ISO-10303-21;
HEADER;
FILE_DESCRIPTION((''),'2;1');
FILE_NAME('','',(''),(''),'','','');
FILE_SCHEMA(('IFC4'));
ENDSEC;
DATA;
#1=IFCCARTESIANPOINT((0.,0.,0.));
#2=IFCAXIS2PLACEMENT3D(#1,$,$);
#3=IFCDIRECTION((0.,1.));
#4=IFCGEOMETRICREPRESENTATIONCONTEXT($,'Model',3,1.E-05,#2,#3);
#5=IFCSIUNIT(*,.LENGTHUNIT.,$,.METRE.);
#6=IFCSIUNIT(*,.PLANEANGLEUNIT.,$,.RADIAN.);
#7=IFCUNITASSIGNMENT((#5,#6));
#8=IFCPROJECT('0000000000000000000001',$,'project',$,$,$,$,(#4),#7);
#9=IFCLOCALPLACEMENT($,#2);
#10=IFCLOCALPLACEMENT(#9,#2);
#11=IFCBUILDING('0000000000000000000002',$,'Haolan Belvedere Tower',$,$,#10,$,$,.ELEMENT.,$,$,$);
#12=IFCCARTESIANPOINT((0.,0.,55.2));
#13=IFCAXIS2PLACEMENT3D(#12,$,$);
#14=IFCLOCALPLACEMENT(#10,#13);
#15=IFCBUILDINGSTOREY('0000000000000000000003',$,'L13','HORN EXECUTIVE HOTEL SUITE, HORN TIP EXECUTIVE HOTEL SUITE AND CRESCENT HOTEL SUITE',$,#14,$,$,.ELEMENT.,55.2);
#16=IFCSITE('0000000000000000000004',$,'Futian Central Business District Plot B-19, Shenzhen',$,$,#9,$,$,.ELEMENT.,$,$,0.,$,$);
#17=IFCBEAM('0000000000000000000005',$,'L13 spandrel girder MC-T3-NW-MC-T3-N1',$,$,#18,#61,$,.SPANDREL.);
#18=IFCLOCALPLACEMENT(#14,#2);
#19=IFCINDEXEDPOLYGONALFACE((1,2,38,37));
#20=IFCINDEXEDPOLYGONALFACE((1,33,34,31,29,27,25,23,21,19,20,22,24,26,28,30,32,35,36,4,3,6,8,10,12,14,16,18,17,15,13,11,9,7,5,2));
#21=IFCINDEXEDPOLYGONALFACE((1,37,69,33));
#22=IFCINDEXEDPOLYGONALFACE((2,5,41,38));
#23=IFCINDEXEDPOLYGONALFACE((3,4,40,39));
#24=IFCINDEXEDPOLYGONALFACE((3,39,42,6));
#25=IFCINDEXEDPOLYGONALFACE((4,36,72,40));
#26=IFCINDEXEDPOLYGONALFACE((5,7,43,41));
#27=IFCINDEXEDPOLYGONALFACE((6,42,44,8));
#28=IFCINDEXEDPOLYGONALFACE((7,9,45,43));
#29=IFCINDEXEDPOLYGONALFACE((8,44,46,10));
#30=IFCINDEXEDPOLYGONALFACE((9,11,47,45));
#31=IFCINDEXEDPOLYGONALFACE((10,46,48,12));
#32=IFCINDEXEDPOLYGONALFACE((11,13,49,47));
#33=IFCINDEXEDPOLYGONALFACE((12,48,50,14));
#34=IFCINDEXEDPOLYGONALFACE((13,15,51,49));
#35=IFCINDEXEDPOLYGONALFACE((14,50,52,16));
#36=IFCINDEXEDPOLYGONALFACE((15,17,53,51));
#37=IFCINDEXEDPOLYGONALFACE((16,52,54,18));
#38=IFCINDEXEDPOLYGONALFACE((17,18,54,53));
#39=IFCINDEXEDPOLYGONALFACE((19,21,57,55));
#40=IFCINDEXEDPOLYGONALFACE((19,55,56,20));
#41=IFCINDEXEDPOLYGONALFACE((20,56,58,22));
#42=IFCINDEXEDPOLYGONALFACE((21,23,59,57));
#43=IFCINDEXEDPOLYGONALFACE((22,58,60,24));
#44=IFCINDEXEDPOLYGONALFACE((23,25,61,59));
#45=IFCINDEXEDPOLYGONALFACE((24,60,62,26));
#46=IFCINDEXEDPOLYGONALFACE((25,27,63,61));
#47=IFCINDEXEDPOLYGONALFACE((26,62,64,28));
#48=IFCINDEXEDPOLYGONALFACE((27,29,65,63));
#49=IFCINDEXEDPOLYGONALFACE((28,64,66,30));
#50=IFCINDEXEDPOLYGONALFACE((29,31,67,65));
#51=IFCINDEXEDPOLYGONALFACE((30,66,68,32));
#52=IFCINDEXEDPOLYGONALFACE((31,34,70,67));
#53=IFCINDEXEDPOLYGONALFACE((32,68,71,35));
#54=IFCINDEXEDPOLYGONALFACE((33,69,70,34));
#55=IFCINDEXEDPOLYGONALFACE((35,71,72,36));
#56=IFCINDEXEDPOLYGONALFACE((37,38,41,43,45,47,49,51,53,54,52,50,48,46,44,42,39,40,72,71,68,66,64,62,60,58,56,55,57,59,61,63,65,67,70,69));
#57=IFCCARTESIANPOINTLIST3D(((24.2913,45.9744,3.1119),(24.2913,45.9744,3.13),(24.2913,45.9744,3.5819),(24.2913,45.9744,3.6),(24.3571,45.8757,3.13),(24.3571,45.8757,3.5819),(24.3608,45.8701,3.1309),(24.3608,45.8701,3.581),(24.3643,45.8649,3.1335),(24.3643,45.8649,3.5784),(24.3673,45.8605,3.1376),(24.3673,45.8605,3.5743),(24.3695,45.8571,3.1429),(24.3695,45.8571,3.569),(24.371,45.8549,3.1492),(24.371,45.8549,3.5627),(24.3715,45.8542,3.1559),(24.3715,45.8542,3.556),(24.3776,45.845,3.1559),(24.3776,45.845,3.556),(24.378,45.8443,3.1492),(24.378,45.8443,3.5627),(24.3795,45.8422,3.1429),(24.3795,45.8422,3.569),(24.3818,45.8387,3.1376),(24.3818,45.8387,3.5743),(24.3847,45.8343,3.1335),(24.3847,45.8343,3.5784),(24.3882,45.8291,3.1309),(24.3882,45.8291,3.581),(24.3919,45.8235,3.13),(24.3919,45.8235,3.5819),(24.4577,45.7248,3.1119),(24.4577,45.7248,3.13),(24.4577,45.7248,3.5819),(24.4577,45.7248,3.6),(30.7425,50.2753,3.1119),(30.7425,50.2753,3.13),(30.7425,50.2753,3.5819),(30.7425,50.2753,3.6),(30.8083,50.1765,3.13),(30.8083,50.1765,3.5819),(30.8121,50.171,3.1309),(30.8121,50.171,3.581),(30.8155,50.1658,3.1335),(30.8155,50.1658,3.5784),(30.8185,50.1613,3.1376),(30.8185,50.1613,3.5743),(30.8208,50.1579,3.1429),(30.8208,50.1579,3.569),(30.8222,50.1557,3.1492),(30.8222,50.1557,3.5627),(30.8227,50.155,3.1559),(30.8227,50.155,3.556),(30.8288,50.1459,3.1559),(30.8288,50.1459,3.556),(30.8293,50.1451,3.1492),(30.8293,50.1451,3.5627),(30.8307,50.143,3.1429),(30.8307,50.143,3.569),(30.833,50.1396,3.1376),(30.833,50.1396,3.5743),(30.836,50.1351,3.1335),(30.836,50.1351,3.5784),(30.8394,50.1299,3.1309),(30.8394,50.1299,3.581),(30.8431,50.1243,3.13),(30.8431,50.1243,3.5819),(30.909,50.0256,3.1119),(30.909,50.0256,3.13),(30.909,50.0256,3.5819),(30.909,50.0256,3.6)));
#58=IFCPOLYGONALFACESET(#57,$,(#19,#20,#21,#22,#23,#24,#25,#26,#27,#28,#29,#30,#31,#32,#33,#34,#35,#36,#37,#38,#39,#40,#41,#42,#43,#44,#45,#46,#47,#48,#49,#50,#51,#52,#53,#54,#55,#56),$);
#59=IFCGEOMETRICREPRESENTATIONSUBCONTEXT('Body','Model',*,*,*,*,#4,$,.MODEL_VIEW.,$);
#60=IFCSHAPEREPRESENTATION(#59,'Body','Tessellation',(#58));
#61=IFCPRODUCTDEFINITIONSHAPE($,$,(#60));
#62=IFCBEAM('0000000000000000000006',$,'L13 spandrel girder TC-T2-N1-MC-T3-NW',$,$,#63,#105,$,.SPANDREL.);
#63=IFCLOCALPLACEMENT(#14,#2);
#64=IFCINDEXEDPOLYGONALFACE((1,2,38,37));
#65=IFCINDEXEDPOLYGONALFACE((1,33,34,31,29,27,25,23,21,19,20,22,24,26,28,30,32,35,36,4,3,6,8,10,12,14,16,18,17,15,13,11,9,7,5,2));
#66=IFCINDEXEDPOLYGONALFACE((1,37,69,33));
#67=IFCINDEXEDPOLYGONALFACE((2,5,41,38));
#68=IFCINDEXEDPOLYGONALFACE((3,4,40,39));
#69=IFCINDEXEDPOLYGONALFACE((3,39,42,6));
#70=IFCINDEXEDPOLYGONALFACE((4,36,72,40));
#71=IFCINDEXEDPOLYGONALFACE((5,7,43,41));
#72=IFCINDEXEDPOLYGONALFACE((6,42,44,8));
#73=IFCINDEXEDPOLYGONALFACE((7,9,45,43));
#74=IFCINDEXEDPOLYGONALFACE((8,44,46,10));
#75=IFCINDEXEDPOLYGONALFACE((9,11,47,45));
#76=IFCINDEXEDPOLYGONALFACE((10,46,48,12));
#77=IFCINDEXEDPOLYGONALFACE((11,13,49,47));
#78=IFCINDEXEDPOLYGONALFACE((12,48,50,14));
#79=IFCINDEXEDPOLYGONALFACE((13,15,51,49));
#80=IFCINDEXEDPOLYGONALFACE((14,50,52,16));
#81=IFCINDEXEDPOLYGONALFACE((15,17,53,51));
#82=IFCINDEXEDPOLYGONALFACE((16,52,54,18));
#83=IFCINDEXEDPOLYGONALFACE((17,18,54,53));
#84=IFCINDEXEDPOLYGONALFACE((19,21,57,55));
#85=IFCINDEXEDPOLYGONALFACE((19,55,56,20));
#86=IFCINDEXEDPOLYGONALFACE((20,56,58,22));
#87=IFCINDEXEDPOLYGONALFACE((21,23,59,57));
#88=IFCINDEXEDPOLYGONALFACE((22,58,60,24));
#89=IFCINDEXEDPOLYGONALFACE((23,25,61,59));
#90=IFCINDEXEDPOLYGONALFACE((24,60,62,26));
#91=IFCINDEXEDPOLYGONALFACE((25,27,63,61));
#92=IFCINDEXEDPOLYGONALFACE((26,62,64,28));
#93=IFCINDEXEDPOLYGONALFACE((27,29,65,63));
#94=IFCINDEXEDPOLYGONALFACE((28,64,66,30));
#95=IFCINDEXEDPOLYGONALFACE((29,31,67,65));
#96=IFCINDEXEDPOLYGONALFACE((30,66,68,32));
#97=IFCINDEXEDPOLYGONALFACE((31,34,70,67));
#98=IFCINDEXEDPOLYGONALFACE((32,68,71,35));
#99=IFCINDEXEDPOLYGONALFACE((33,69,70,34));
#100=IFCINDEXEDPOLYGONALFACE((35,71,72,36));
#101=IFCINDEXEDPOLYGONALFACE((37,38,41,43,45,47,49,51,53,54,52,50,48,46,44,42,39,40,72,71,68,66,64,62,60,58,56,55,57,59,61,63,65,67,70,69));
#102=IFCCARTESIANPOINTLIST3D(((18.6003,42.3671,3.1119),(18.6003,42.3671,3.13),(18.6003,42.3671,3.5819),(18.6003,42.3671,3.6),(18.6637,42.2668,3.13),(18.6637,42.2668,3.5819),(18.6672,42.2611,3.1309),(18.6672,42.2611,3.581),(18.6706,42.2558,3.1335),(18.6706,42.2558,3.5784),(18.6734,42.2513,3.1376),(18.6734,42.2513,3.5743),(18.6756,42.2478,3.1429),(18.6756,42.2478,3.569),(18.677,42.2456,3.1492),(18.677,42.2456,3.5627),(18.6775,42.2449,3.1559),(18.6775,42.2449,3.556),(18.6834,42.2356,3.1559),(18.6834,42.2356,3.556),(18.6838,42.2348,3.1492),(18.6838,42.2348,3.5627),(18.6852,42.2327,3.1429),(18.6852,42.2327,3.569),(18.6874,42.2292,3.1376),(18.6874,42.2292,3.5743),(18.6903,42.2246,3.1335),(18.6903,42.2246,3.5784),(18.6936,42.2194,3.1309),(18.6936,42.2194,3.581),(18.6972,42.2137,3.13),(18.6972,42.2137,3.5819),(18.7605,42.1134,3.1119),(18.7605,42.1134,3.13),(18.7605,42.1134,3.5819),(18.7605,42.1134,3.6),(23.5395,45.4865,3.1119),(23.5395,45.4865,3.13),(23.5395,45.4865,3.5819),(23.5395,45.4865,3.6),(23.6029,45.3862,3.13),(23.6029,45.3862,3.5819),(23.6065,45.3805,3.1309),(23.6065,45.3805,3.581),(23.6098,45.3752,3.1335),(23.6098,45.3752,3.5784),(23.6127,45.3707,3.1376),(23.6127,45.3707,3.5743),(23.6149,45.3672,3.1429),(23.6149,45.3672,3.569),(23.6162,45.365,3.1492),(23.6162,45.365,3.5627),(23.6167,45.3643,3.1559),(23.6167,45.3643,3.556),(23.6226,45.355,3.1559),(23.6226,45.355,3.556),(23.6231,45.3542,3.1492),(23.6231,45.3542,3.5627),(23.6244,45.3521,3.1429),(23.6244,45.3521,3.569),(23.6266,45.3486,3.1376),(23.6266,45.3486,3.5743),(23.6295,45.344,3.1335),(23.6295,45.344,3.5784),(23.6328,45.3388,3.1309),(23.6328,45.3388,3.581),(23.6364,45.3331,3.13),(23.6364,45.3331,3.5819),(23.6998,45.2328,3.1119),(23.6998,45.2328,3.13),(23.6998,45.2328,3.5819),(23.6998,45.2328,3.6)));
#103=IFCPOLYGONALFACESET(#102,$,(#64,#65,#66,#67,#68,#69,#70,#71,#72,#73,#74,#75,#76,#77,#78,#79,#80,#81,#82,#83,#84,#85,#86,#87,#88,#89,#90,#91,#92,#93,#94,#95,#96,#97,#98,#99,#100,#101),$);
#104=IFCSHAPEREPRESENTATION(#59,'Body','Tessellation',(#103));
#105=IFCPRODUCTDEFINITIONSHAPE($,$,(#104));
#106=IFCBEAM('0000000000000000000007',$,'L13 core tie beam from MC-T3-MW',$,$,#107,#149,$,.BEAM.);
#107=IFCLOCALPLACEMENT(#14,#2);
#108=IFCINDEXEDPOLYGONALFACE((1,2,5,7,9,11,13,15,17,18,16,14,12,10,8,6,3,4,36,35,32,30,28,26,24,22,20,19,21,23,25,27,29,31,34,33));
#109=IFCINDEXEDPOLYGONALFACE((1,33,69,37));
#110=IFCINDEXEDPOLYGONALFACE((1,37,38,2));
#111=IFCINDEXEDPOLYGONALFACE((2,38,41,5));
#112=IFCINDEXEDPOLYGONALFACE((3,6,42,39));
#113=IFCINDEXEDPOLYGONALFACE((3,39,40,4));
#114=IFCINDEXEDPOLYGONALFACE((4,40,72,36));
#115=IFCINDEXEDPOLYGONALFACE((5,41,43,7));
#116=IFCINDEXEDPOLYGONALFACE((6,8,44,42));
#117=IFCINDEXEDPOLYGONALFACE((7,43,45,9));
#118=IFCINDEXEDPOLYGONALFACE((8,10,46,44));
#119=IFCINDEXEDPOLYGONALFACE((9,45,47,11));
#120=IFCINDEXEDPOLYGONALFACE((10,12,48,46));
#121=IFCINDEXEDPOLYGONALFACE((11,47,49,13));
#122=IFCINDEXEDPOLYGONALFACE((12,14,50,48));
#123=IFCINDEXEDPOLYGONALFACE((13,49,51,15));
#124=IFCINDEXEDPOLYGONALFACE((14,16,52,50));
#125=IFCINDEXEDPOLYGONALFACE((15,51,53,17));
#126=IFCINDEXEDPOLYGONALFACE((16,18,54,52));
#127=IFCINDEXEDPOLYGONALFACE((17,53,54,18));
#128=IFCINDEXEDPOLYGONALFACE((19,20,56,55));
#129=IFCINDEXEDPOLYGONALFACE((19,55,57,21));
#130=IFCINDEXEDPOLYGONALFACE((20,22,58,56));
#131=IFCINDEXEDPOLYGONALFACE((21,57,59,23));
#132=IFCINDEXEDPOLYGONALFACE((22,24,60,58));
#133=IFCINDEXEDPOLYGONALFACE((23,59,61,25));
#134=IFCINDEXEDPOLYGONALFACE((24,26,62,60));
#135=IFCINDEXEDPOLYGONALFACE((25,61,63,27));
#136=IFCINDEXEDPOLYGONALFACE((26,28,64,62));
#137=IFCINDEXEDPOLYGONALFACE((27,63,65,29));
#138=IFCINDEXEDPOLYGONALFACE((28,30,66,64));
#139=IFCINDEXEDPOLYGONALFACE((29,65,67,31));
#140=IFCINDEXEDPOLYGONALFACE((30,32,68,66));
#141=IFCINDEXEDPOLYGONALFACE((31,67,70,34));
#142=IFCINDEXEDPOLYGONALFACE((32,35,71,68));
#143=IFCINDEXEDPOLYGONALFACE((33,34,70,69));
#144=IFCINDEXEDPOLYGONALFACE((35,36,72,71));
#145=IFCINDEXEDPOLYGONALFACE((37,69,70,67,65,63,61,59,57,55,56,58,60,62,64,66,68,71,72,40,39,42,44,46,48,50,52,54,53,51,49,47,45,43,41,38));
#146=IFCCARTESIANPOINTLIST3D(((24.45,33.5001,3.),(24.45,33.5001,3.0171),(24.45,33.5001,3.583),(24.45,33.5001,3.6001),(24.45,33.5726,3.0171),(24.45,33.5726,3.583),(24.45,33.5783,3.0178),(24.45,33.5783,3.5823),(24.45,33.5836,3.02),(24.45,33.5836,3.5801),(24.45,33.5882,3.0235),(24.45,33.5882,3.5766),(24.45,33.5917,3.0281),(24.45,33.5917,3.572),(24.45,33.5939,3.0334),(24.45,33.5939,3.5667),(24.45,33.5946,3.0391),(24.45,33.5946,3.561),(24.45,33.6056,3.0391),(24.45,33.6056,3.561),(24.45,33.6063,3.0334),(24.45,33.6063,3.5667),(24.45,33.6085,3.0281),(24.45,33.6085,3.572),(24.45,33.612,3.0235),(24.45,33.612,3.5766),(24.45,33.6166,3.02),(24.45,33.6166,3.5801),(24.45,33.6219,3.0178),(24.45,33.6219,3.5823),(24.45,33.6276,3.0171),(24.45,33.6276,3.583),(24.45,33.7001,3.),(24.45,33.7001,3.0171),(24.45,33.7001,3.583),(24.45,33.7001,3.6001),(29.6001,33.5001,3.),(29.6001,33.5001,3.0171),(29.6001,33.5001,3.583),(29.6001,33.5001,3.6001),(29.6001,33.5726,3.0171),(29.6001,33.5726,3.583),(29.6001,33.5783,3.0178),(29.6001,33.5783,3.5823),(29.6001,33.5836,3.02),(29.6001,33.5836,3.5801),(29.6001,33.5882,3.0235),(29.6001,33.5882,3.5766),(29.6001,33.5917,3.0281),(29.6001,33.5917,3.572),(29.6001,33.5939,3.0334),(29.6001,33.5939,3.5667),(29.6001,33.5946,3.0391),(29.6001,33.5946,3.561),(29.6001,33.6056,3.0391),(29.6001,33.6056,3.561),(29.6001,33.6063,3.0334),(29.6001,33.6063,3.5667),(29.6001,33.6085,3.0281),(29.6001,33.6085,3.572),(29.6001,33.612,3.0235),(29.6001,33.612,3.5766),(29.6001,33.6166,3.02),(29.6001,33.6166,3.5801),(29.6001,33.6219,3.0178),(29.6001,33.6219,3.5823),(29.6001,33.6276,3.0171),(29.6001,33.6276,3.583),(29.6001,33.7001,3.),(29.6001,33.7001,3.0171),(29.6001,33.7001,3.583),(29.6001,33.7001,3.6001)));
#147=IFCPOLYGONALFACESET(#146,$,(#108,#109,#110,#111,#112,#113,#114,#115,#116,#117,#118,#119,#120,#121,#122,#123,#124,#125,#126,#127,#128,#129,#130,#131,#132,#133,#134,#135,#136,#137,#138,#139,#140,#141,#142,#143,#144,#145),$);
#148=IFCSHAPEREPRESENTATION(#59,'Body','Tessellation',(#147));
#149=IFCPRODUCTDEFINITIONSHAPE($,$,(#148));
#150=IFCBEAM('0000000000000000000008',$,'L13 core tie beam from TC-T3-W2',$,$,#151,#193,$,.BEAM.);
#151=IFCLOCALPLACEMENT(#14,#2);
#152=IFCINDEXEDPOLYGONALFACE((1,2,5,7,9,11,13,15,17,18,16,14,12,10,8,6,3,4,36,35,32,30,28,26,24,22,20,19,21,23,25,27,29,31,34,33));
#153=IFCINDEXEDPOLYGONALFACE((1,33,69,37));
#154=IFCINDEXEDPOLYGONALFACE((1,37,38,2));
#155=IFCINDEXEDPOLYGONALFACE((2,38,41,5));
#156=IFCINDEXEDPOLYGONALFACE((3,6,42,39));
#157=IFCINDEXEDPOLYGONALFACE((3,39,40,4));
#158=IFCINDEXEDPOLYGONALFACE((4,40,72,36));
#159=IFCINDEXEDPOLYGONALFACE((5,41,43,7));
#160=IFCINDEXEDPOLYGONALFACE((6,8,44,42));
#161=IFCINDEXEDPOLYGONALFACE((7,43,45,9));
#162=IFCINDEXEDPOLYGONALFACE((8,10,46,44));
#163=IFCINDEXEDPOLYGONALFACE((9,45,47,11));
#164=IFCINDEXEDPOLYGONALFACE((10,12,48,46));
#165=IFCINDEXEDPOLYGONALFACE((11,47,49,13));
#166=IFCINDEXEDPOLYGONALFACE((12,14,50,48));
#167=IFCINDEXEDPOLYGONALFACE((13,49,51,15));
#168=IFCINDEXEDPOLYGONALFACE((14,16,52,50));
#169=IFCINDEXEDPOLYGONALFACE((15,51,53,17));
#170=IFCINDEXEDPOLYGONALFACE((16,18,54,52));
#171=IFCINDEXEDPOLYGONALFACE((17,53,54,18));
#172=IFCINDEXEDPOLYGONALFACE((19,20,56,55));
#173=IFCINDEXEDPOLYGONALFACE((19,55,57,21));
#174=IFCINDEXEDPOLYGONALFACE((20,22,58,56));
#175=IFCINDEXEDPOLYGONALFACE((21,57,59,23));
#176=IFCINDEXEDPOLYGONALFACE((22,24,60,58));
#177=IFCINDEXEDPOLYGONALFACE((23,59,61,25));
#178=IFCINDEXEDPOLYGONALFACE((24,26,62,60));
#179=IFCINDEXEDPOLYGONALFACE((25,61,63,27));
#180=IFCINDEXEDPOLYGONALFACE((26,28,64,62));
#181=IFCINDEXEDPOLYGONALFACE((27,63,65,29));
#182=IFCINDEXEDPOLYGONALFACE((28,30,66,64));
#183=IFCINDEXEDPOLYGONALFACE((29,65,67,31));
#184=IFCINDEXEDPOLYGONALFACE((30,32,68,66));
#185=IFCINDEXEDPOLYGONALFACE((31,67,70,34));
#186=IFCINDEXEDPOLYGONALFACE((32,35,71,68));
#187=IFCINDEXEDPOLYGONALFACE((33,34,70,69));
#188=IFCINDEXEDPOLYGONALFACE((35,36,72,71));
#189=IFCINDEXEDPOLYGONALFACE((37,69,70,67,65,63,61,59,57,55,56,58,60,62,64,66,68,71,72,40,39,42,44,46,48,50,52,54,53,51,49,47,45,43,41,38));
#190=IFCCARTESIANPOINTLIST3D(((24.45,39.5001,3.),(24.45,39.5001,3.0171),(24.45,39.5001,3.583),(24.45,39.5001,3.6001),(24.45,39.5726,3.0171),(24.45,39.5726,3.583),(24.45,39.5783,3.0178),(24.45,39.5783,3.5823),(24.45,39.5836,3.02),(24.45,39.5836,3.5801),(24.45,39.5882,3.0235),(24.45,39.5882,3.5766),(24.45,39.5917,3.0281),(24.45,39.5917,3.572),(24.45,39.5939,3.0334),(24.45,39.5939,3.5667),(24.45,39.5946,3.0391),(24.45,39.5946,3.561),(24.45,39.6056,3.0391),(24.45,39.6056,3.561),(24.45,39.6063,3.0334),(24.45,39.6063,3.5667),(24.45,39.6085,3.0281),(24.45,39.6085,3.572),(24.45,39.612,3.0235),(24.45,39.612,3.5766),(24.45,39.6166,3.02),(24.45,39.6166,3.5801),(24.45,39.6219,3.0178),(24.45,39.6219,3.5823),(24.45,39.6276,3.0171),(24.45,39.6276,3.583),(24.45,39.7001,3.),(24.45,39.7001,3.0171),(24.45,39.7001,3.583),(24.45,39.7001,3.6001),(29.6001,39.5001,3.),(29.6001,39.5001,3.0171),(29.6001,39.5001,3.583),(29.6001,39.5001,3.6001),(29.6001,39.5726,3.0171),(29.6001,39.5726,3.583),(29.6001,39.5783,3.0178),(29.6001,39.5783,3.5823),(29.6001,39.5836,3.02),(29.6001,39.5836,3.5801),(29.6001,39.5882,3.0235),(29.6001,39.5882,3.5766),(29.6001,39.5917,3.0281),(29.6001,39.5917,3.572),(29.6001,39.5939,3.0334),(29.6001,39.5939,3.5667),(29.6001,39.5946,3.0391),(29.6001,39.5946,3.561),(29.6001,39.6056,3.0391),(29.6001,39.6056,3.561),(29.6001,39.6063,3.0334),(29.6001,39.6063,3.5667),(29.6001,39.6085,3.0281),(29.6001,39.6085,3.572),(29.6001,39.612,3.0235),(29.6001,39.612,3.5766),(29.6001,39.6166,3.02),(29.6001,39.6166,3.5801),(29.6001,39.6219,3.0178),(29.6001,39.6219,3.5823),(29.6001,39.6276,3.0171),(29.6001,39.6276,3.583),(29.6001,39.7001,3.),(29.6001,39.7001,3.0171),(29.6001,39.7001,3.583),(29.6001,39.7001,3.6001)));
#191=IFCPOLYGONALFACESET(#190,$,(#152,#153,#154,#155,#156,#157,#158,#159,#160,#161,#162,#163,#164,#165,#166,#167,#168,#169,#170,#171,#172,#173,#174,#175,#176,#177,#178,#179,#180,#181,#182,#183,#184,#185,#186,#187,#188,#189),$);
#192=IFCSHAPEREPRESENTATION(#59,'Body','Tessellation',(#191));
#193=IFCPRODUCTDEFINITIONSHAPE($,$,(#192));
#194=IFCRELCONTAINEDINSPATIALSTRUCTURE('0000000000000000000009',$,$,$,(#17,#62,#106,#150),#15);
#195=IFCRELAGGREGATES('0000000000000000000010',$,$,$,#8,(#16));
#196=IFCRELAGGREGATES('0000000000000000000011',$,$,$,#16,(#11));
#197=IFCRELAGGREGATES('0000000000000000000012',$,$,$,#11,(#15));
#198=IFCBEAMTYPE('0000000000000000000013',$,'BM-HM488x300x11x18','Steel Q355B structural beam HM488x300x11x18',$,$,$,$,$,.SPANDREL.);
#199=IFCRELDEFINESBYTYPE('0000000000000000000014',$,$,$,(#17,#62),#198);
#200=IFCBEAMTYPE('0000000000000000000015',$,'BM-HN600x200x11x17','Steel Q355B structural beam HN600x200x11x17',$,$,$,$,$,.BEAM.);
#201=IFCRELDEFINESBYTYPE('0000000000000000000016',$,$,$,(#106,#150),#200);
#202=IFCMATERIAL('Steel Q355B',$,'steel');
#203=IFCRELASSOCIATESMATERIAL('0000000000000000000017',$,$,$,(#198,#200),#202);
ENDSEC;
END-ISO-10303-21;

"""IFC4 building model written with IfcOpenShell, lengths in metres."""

from ifc_helpers import new_model, si_unit, direction, frame, origin, origin_2d, place, context, subcontext, project, spatial, i_section, extrude, material, material_profile, profile_set, type_object, element, save


model = new_model("IFC4")

# Units and contexts
model_context = context("Model", 3, precision=1e-05, world=origin(), true_north=direction((0.0, 1.0)))
body_context = subcontext(model_context, "Body", "Model", "MODEL_VIEW")
ifc_project = project(units=[si_unit("LENGTHUNIT", "METRE"), si_unit("PLANEANGLEUNIT", "RADIAN")], contexts=[model_context])

# Site, building, storey
site_placement = place(None, origin())
site = spatial("IfcSite", under=ifc_project, at=site_placement, Name="Futian Central Business District Plot B-19, Shenzhen", CompositionType="ELEMENT", RefElevation=0.0)
building_placement = place(site_placement, origin())
building = spatial("IfcBuilding", under=site, at=building_placement, Name="Haolan Belvedere Tower", CompositionType="ELEMENT")
storey_placement = place(building_placement, frame((0.0, 0.0, 55.2)))
storey = spatial("IfcBuildingStorey", under=building, at=storey_placement, Name="L13", Description="HORN EXECUTIVE HOTEL SUITE, HORN TIP EXECUTIVE HOTEL SUITE AND CRESCENT HOTEL SUITE", CompositionType="ELEMENT", Elevation=55.2)

# Shared definitions
ifc_material_1 = material(Name="Steel Q355B", Category="steel")

# Beams
ifc_material_profile_1 = material_profile(ifc_material_1, i_section(OverallWidth=0.3, OverallDepth=0.488, WebThickness=0.011, FlangeThickness=0.0181, FilletRadius=0.0259, at=origin_2d()), Name="Steel Q355B")
ifc_profile_set_1 = profile_set([ifc_material_profile_1], Name="Steel Q355B")
beam_type_1 = type_object("IfcBeamType", Name="BM-HM488x300x11x18", Description="Steel Q355B structural beam HM488x300x11x18", PredefinedType="SPANDREL", material=ifc_profile_set_1)
beam_1_placement = place(storey_placement, frame((24.3745, 45.8496, 3.356), z_axis=(0.83205, 0.5547, 0.0), x_axis=(-0.5547, 0.83205, 0.0)))
element("IfcBeam", 1, at=beam_1_placement, inside=storey, type_object=beam_type_1, Name="L13 spandrel girder MC-T3-NW-MC-T3-N1", PredefinedType="SPANDREL", context=body_context, shape_type="SweptSolid", body=[
    extrude(i_section(OverallWidth=0.3, OverallDepth=0.488, WebThickness=0.011, FlangeThickness=0.0181, FilletRadius=0.0259, at=origin_2d()), origin(), (0.0, 0.0, 1.0), 7.7534),
])
beam_2_placement = place(storey_placement, frame((18.6804, 42.2402, 3.356), z_axis=(0.845498, 0.533979, 0.0), x_axis=(-0.533979, 0.845498, 0.0)))
element("IfcBeam", 2, at=beam_2_placement, inside=storey, type_object=beam_type_1, Name="L13 spandrel girder TC-T2-N1-MC-T3-NW", PredefinedType="SPANDREL", context=body_context, shape_type="SweptSolid", body=[
    extrude(i_section(OverallWidth=0.3, OverallDepth=0.488, WebThickness=0.011, FlangeThickness=0.0181, FilletRadius=0.0259, at=origin_2d()), origin(), (0.0, 0.0, 1.0), 5.8418),
])
ifc_material_profile_2 = material_profile(ifc_material_1, i_section(OverallWidth=0.2, OverallDepth=0.6001, WebThickness=0.011, FlangeThickness=0.0171, FilletRadius=0.022, at=origin_2d()), Name="Steel Q355B")
ifc_profile_set_2 = profile_set([ifc_material_profile_2], Name="Steel Q355B")
beam_type_2 = type_object("IfcBeamType", Name="BM-HN600x200x11x17", Description="Steel Q355B structural beam HN600x200x11x17", PredefinedType="BEAM", material=ifc_profile_set_2)
for number, where, z_axis, x_axis, name in (
    (3, (24.45, 33.6001, 3.3), (1.0, 0.0, 0.0), (0.0, 1.0, 0.0), "L13 core tie beam from MC-T3-MW"),
    (4, (24.45, 39.6001, 3.3), (1.0, 0.0, 0.0), (0.0, 1.0, 0.0), "L13 core tie beam from TC-T3-W2"),
):
    element("IfcBeam", number, at=place(storey_placement, frame(where, z_axis=z_axis, x_axis=x_axis)), inside=storey, type_object=beam_type_2, Name=name, PredefinedType="BEAM", context=body_context, shape_type="SweptSolid", body=[
        extrude(i_section(OverallWidth=0.2, OverallDepth=0.6001, WebThickness=0.011, FlangeThickness=0.0171, FilletRadius=0.022, at=origin_2d()), origin(), (0.0, 0.0, 1.0), 5.1501),
    ])

save(model, "model.ifc")
